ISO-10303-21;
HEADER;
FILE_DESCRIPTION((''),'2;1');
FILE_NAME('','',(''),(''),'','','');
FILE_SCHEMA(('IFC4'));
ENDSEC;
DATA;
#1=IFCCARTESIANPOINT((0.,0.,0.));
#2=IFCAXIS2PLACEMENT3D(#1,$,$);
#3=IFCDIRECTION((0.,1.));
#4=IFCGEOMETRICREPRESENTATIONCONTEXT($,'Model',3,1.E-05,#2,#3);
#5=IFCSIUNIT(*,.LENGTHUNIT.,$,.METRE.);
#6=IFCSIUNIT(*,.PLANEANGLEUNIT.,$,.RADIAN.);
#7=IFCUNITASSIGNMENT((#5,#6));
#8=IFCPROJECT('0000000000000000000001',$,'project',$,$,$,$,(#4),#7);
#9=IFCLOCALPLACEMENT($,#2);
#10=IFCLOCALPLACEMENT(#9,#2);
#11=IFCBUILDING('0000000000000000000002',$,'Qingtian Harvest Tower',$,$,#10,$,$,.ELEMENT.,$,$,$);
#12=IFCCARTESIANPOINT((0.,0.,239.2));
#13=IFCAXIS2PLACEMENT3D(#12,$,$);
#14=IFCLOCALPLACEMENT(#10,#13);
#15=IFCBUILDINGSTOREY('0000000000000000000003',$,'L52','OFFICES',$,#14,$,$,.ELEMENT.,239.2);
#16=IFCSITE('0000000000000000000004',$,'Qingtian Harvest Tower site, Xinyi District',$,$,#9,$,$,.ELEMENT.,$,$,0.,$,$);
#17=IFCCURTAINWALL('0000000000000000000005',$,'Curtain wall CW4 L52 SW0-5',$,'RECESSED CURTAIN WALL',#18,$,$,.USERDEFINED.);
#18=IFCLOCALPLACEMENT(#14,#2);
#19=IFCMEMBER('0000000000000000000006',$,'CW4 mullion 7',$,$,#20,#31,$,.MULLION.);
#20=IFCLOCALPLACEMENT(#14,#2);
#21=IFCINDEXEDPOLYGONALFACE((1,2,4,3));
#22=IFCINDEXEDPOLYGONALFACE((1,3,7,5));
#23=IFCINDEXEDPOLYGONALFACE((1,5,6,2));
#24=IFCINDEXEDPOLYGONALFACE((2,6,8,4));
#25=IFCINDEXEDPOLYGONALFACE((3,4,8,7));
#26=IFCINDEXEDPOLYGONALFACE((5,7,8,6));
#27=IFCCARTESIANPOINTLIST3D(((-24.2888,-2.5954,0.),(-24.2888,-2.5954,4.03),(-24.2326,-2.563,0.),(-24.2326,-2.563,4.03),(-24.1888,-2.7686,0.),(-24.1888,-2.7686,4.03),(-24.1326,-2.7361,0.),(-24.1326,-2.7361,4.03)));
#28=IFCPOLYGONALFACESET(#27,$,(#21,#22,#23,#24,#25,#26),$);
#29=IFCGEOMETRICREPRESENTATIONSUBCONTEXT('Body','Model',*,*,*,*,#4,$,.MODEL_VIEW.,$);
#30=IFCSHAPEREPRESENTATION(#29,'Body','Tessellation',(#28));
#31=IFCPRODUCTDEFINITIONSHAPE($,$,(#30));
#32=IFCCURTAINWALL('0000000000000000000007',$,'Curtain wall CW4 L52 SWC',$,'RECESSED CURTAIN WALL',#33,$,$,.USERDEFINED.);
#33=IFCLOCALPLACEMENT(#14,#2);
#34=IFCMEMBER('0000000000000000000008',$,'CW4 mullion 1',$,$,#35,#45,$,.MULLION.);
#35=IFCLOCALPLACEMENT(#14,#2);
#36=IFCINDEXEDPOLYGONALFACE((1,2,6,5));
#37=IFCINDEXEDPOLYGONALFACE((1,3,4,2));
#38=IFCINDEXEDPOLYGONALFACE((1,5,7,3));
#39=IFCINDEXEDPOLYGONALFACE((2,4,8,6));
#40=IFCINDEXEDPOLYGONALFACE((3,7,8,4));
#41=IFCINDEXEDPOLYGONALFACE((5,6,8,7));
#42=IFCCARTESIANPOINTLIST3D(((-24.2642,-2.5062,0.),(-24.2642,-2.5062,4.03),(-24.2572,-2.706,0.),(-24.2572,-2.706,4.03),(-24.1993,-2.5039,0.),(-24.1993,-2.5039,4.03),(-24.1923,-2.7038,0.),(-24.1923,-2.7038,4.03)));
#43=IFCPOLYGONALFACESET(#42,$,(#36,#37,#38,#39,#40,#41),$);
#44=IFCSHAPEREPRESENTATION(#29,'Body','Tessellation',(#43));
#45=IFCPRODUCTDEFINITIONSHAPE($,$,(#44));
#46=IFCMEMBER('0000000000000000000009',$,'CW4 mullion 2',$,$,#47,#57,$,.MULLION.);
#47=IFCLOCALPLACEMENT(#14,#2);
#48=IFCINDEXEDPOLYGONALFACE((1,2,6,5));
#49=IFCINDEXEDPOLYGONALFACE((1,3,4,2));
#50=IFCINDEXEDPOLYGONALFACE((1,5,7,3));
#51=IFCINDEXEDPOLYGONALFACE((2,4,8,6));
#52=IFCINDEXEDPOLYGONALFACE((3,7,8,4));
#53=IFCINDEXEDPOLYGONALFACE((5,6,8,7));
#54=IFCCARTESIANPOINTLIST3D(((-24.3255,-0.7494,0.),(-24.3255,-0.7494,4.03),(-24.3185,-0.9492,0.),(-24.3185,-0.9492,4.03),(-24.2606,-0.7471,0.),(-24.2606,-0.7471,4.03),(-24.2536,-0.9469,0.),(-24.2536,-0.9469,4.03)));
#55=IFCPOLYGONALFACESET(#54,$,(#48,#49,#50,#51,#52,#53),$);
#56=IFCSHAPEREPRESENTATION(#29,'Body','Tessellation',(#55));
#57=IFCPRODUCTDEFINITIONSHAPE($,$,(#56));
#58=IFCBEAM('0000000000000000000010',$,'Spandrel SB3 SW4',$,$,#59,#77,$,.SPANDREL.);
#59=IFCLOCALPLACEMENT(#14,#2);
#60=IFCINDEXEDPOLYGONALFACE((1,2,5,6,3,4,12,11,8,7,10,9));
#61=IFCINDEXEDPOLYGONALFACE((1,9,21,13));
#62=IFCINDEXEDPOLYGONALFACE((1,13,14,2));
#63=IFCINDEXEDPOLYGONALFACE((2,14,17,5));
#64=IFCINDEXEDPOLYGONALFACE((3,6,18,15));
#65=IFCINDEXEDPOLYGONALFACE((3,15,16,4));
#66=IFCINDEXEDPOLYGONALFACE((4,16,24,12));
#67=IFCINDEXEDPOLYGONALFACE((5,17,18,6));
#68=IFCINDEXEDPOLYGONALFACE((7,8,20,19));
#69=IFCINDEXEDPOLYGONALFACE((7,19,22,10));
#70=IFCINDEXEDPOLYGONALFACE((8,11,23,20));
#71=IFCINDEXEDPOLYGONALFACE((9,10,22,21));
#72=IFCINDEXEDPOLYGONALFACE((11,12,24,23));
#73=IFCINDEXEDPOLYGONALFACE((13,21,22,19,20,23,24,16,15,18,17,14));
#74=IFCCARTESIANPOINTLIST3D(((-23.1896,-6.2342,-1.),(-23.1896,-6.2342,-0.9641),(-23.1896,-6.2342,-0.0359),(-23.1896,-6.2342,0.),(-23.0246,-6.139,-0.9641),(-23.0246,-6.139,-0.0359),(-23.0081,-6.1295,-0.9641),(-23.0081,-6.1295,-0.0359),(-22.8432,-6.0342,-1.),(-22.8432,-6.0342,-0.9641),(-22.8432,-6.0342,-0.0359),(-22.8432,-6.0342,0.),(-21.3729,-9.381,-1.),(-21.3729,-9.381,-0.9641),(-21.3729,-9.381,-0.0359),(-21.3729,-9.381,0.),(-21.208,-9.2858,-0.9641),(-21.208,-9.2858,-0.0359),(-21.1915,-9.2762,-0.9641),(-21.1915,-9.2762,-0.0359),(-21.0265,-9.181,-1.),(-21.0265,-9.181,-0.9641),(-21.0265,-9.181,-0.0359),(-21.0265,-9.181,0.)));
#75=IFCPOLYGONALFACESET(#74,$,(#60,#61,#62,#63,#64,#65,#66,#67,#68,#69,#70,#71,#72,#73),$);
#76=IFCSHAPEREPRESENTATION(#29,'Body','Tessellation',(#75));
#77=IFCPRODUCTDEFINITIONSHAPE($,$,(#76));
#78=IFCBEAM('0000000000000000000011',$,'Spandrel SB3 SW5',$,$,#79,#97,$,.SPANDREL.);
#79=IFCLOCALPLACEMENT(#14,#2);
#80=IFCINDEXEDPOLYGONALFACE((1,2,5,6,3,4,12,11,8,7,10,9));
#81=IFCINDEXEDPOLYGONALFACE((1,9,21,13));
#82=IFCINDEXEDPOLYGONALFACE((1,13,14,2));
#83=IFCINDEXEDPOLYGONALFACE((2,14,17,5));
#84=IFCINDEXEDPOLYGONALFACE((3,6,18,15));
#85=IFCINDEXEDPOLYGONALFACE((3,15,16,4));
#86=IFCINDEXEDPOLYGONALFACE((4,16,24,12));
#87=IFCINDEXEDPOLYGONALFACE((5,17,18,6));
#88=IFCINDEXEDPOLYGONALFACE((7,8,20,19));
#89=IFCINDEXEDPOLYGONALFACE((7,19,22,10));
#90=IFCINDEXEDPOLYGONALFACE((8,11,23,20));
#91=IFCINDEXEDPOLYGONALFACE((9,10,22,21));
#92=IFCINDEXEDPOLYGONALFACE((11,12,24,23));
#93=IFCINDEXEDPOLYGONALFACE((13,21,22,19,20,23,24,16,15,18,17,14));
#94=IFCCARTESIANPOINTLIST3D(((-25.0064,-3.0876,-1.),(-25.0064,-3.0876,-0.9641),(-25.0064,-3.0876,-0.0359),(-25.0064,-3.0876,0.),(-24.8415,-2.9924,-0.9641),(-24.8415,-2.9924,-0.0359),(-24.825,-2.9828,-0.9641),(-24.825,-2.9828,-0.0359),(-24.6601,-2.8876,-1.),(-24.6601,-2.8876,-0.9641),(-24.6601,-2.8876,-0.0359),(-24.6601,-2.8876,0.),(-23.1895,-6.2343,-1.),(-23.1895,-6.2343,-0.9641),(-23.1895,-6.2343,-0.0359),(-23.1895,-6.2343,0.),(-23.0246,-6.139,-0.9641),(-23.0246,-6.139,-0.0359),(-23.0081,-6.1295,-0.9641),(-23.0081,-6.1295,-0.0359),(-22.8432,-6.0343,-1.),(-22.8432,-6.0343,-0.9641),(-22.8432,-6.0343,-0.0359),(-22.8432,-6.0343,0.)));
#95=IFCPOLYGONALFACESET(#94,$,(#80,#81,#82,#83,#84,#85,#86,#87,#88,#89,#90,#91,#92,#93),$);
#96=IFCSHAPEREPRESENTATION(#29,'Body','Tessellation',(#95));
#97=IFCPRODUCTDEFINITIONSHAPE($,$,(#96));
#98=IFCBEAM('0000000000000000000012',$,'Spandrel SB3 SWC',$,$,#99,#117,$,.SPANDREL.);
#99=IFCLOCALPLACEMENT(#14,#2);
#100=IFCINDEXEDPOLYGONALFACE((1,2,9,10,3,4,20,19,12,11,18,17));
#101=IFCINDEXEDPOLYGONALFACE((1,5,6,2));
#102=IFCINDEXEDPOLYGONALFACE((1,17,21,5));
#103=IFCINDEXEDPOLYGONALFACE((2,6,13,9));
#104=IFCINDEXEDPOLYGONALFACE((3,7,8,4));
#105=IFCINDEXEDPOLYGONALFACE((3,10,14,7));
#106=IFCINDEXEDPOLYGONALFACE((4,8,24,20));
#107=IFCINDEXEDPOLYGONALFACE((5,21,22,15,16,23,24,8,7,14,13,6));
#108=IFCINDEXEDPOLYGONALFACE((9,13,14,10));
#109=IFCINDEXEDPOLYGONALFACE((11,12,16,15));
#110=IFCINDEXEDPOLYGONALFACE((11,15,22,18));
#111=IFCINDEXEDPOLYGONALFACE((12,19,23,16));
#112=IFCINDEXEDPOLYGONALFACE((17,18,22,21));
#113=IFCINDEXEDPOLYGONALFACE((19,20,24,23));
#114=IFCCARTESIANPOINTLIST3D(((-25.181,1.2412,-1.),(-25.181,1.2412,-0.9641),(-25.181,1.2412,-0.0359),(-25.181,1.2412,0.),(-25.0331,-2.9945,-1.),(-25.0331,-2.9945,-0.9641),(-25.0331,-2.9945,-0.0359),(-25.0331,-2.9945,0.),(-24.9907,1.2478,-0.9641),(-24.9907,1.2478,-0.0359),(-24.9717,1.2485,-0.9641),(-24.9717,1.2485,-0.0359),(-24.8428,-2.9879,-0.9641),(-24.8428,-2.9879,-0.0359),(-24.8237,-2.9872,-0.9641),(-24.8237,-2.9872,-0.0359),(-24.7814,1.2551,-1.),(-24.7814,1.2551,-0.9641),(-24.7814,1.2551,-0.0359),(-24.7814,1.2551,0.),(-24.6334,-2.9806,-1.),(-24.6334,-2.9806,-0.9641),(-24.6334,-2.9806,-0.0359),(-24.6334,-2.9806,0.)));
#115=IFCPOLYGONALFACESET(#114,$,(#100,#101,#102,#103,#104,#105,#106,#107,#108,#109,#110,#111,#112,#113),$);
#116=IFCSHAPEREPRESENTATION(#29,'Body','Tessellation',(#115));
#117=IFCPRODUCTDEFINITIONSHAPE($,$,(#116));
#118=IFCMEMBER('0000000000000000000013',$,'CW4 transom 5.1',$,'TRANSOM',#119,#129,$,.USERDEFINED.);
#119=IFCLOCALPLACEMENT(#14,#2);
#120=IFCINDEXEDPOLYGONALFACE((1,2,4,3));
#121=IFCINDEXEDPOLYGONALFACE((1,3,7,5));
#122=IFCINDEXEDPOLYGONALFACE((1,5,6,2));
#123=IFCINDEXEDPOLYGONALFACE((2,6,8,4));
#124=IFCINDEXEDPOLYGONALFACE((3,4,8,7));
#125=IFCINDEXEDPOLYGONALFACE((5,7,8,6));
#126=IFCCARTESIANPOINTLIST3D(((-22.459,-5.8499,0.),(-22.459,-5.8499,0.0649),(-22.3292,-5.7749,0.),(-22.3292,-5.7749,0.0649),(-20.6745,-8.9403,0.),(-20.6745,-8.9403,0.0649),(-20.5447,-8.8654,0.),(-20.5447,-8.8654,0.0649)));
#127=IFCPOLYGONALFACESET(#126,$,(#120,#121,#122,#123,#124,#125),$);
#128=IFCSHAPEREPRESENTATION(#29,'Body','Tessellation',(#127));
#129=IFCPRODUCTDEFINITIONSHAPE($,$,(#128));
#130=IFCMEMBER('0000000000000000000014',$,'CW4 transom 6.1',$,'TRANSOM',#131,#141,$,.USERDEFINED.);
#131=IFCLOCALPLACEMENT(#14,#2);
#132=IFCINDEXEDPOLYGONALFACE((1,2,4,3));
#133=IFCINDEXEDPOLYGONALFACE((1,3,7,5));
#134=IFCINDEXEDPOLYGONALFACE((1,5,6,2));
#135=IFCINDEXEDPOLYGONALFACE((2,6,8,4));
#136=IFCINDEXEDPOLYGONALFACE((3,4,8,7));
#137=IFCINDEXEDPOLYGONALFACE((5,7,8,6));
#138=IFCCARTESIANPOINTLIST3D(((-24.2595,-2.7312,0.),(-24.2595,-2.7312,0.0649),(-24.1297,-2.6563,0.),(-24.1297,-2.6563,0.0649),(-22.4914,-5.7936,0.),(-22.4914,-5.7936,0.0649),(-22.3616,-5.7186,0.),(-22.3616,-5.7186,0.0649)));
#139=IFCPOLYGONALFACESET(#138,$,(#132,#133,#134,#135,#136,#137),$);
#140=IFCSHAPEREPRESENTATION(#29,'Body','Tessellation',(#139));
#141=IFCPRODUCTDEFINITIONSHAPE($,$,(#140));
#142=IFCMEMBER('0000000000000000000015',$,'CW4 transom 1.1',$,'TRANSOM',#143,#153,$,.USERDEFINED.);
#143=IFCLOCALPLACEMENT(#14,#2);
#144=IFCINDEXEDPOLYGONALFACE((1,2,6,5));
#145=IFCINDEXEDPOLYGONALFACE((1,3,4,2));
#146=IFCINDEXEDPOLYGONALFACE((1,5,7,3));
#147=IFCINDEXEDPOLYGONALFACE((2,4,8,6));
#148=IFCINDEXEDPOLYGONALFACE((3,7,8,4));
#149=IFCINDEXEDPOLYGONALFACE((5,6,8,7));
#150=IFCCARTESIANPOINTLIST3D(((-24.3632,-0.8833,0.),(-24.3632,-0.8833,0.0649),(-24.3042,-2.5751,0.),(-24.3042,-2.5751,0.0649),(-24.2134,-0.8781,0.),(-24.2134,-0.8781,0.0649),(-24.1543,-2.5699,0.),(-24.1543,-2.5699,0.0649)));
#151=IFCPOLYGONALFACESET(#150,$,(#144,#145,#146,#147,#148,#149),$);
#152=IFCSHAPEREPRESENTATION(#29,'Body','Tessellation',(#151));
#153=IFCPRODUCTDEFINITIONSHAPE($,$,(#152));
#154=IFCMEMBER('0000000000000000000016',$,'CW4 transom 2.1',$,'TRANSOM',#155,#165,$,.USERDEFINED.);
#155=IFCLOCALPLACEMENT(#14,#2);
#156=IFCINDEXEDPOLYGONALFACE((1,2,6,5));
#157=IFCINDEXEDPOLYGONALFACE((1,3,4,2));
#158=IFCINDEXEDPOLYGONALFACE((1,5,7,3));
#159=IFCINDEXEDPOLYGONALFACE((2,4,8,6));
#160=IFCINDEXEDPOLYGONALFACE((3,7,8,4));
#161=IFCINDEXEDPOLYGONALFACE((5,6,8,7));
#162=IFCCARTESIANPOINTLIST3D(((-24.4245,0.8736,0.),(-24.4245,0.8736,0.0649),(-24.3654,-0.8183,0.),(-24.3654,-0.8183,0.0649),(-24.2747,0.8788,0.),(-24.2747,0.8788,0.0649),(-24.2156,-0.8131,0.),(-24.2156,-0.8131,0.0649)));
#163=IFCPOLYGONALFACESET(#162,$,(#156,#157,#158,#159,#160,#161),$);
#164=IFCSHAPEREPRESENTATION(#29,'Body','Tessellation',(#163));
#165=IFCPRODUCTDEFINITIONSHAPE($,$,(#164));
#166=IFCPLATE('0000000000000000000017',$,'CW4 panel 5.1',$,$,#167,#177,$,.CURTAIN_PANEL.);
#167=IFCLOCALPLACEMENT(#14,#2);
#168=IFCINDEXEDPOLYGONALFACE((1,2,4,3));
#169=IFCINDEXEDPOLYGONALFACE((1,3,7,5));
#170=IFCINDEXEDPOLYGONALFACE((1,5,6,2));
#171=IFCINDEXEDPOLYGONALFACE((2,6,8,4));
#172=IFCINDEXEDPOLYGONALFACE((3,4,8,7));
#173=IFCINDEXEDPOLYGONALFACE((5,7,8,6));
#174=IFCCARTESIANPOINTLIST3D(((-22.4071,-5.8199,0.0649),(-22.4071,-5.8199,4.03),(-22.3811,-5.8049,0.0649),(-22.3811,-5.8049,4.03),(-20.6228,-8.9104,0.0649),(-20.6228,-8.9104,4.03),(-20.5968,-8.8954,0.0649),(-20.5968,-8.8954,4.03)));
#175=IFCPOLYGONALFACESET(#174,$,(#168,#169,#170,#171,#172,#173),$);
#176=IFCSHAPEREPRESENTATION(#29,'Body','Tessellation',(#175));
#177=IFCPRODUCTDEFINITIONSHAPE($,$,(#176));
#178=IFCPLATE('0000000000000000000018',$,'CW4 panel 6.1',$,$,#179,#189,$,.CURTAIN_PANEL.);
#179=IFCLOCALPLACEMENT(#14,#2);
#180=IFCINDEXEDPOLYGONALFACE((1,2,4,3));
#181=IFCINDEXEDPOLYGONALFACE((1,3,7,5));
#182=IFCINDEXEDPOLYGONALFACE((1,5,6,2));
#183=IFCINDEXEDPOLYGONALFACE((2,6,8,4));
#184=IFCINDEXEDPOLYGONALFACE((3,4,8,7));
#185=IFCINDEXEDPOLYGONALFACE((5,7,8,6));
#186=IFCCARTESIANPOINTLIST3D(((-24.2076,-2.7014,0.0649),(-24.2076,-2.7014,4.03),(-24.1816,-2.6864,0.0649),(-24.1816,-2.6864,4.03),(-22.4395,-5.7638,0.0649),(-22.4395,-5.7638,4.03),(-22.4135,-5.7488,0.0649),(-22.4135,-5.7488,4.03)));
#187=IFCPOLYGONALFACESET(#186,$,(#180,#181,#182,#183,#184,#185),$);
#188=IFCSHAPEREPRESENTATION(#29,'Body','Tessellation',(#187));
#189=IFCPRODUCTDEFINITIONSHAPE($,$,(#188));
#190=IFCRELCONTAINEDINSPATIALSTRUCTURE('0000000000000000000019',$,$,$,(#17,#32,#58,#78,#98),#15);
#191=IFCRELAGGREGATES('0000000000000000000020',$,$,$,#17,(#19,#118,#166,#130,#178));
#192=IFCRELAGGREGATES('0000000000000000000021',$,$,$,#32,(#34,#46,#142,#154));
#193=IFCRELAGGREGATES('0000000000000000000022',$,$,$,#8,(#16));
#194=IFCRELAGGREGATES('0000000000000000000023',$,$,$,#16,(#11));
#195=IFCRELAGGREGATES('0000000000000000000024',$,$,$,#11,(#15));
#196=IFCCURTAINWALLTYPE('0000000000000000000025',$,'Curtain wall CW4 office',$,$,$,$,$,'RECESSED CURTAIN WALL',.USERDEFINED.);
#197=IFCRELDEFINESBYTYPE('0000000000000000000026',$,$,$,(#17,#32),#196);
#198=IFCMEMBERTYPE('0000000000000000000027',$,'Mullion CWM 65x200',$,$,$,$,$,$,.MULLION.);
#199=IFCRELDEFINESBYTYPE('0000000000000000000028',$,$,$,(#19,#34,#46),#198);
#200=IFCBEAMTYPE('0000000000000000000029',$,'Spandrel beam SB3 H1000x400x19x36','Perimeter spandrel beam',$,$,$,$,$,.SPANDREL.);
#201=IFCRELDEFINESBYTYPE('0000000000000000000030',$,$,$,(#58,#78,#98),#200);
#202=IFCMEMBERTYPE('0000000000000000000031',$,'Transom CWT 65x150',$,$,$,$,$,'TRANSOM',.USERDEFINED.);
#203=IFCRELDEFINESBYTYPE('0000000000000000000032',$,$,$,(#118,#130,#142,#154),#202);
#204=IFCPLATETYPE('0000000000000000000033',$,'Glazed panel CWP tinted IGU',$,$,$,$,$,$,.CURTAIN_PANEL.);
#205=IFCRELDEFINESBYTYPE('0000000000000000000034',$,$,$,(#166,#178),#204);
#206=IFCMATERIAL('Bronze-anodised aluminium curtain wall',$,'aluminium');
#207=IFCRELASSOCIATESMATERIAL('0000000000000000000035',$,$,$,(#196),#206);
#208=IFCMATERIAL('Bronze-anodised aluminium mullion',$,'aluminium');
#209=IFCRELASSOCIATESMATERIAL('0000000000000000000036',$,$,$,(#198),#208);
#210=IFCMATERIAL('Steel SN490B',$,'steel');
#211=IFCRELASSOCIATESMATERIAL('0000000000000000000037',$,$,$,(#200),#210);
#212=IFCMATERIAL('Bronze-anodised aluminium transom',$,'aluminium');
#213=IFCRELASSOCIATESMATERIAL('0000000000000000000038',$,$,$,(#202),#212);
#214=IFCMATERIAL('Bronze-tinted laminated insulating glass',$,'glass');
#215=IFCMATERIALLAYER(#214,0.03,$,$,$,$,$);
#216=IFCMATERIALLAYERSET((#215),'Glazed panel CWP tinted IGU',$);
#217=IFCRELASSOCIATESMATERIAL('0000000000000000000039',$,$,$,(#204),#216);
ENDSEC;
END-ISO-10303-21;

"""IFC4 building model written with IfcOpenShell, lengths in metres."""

from ifc_helpers import new_model, si_unit, direction, frame, origin, origin_2d, place, context, subcontext, project, spatial, rectangle, i_section, extrude, material, layer, layer_set, material_profile, profile_set, type_object, element, aggregate, save


model = new_model("IFC4")

# Units and contexts
model_context = context("Model", 3, precision=1e-05, world=origin(), true_north=direction((0.0, 1.0)))
body_context = subcontext(model_context, "Body", "Model", "MODEL_VIEW")
ifc_project = project(units=[si_unit("LENGTHUNIT", "METRE"), si_unit("PLANEANGLEUNIT", "RADIAN")], contexts=[model_context])

# Site, building, storey
site_placement = place(None, origin())
site = spatial("IfcSite", under=ifc_project, at=site_placement, Name="Qingtian Harvest Tower site, Xinyi District", CompositionType="ELEMENT", RefElevation=0.0)
building_placement = place(site_placement, origin())
building = spatial("IfcBuilding", under=site, at=building_placement, Name="Qingtian Harvest Tower", CompositionType="ELEMENT")
storey_placement = place(building_placement, frame((0.0, 0.0, 239.2)))
storey = spatial("IfcBuildingStorey", under=building, at=storey_placement, Name="L52", Description="OFFICES", CompositionType="ELEMENT", Elevation=239.2)

# Curtain walls, members
ifc_material_1 = material(Name="Bronze-anodised aluminium curtain wall", Category="aluminium")
curtain_wall_type = type_object("IfcCurtainWallType", Name="Curtain wall CW4 office", ElementType="RECESSED CURTAIN WALL", PredefinedType="USERDEFINED", material=ifc_material_1)
curtain_wall_1_placement = place(storey_placement, origin())
curtain_wall_1 = element("IfcCurtainWall", 1, at=curtain_wall_1_placement, inside=storey, type_object=curtain_wall_type, Name="Curtain wall CW4 L52 SW0-5", ObjectType="RECESSED CURTAIN WALL", PredefinedType="USERDEFINED")
ifc_material_2 = material(Name="Bronze-anodised aluminium mullion", Category="aluminium")
ifc_material_profile_1 = material_profile(ifc_material_2, rectangle(XDim=0.0649, YDim=0.2, at=origin_2d()), Name="AL 65x200")
ifc_profile_set_1 = profile_set([ifc_material_profile_1], Name="Bronze-anodised aluminium mullion")
member_type_1 = type_object("IfcMemberType", Name="Mullion CWM 65x200", PredefinedType="MULLION", material=ifc_profile_set_1)
member_1_placement = place(storey_placement, frame((-24.2107, -2.6658, 0.0), z_axis=(0.0, 0.0, 1.0), x_axis=(-0.866025, -0.5, 0.0)))
member_1 = element("IfcMember", 2, at=member_1_placement, type_object=member_type_1, Name="CW4 mullion 7", PredefinedType="MULLION", context=body_context, shape_type="SweptSolid", body=[
    extrude(rectangle(XDim=0.0649, YDim=0.2, at=origin_2d()), origin(), (0.0, 0.0, 1.0), 4.03),
])
curtain_wall_2_placement = place(storey_placement, origin())
curtain_wall_2 = element("IfcCurtainWall", 3, at=curtain_wall_2_placement, inside=storey, type_object=curtain_wall_type, Name="Curtain wall CW4 L52 SWC", ObjectType="RECESSED CURTAIN WALL", PredefinedType="USERDEFINED")
member_2_placement = place(storey_placement, frame((-24.2283, -2.605, 0.0), z_axis=(0.0, 0.0, 1.0), x_axis=(-0.999391, -0.034899, 0.0)))
member_2 = element("IfcMember", 4, at=member_2_placement, type_object=member_type_1, Name="CW4 mullion 1", PredefinedType="MULLION", context=body_context, shape_type="SweptSolid", body=[
    extrude(rectangle(XDim=0.0649, YDim=0.2, at=origin_2d()), origin(), (0.0, 0.0, 1.0), 4.03),
])
member_3_placement = place(storey_placement, frame((-24.2896, -0.8481, 0.0), z_axis=(0.0, 0.0, 1.0), x_axis=(-0.999391, -0.034899, 0.0)))
member_3 = element("IfcMember", 5, at=member_3_placement, type_object=member_type_1, Name="CW4 mullion 2", PredefinedType="MULLION", context=body_context, shape_type="SweptSolid", body=[
    extrude(rectangle(XDim=0.0649, YDim=0.2, at=origin_2d()), origin(), (0.0, 0.0, 1.0), 4.03),
])

# Beams
ifc_material_3 = material(Name="Steel SN490B", Category="steel")
ifc_material_profile_2 = material_profile(ifc_material_3, i_section(OverallWidth=0.3999, OverallDepth=1.0, WebThickness=0.019, FlangeThickness=0.0359, at=origin_2d()), Name="H1000x400x19x36")
ifc_profile_set_2 = profile_set([ifc_material_profile_2], Name="Steel SN490B")
beam_type_1 = type_object("IfcBeamType", Name="Spandrel beam SB3 H1000x400x19x36", Description="Perimeter spandrel beam", PredefinedType="SPANDREL", material=ifc_profile_set_2)
for number, where, z_axis, x_axis, name in (
    (6, (-21.1997, -9.281, -0.5), (-0.499976, 0.866039, 0.0), (-0.866039, -0.499976, 0.0), "Spandrel SB3 SW4"),
    (7, (-23.0164, -6.1343, -0.5), (-0.500027, 0.86601, 0.0), (-0.86601, -0.500027, 0.0), "Spandrel SB3 SW5"),
):
    element("IfcBeam", number, at=place(storey_placement, frame(where, z_axis=z_axis, x_axis=x_axis)), inside=storey, type_object=beam_type_1, Name=name, PredefinedType="SPANDREL", context=body_context, shape_type="SweptSolid", body=[
        extrude(i_section(OverallWidth=0.3999, OverallDepth=1.0, WebThickness=0.019, FlangeThickness=0.0359, at=origin_2d()), origin(), (0.0, 0.0, 1.0), 3.6335),
    ])
beam_1_placement = place(storey_placement, frame((-24.8333, -2.9875, -0.5), z_axis=(-0.034909, 0.999391, 0.0), x_axis=(-0.999391, -0.034909, 0.0)))
element("IfcBeam", 8, at=beam_1_placement, inside=storey, type_object=beam_type_1, Name="Spandrel SB3 SWC", PredefinedType="SPANDREL", context=body_context, shape_type="SweptSolid", body=[
    extrude(i_section(OverallWidth=0.3999, OverallDepth=1.0, WebThickness=0.019, FlangeThickness=0.0359, at=origin_2d()), origin(), (0.0, 0.0, 1.0), 4.2383),
])

# Members
ifc_material_4 = material(Name="Bronze-anodised aluminium transom", Category="aluminium")
ifc_material_profile_3 = material_profile(ifc_material_4, rectangle(XDim=0.1499, YDim=0.0649, at=origin_2d()), Name="AL 65x150")
ifc_profile_set_3 = profile_set([ifc_material_profile_3], Name="Bronze-anodised aluminium transom")
member_type_2 = type_object("IfcMemberType", Name="Transom CWT 65x150", ElementType="TRANSOM", PredefinedType="USERDEFINED", material=ifc_profile_set_3)
member_4_placement = place(storey_placement, frame((-20.6096, -8.9028, 0.0325), z_axis=(-0.500046, 0.865999, 0.0), x_axis=(-0.865999, -0.500046, 0.0)))
member_4 = element("IfcMember", 9, at=member_4_placement, type_object=member_type_2, Name="CW4 transom 5.1", ObjectType="TRANSOM", PredefinedType="USERDEFINED", context=body_context, shape_type="SweptSolid", body=[
    extrude(rectangle(XDim=0.1499, YDim=0.0649, at=origin_2d()), origin(), (0.0, 0.0, 1.0), 3.5686),
])
member_5_placement = place(storey_placement, frame((-22.4265, -5.7561, 0.0325), z_axis=(-0.500015, 0.866017, 0.0), x_axis=(-0.866017, -0.500015, 0.0)))
member_5 = element("IfcMember", 10, at=member_5_placement, type_object=member_type_2, Name="CW4 transom 6.1", ObjectType="TRANSOM", PredefinedType="USERDEFINED", context=body_context, shape_type="SweptSolid", body=[
    extrude(rectangle(XDim=0.1499, YDim=0.0649, at=origin_2d()), origin(), (0.0, 0.0, 1.0), 3.5361),
])
member_6_placement = place(storey_placement, frame((-24.2292, -2.5725, 0.0325), z_axis=(-0.034899, 0.999391, 0.0), x_axis=(-0.999391, -0.034899, 0.0)))
member_6 = element("IfcMember", 11, at=member_6_placement, type_object=member_type_2, Name="CW4 transom 1.1", ObjectType="TRANSOM", PredefinedType="USERDEFINED", context=body_context, shape_type="SweptSolid", body=[
    extrude(rectangle(XDim=0.1499, YDim=0.0649, at=origin_2d()), origin(), (0.0, 0.0, 1.0), 1.6929),
])
member_7_placement = place(storey_placement, frame((-24.2905, -0.8157, 0.0325), z_axis=(-0.034899, 0.999391, 0.0), x_axis=(-0.999391, -0.034899, 0.0)))
member_7 = element("IfcMember", 12, at=member_7_placement, type_object=member_type_2, Name="CW4 transom 2.1", ObjectType="TRANSOM", PredefinedType="USERDEFINED", context=body_context, shape_type="SweptSolid", body=[
    extrude(rectangle(XDim=0.1499, YDim=0.0649, at=origin_2d()), origin(), (0.0, 0.0, 1.0), 1.6929),
])

# Plates
ifc_material_5 = material(Name="Bronze-tinted laminated insulating glass", Category="glass")
ifc_layer_1 = layer(ifc_material_5, 0.03)
ifc_layer_set_1 = layer_set([ifc_layer_1], Name="Glazed panel CWP tinted IGU")
plate_type = type_object("IfcPlateType", Name="Glazed panel CWP tinted IGU", PredefinedType="CURTAIN_PANEL", material=ifc_layer_set_1)
plate_1_placement = place(storey_placement, frame((-21.502, -7.3577, 0.0649), z_axis=(0.0, 0.0, 1.0), x_axis=(-0.5, 0.866025, 0.0)))
plate_1 = element("IfcPlate", 13, at=plate_1_placement, type_object=plate_type, Name="CW4 panel 5.1", PredefinedType="CURTAIN_PANEL", context=body_context, shape_type="SweptSolid", body=[
    extrude(rectangle(XDim=3.5686, YDim=0.03, at=origin_2d()), origin(), (0.0, 0.0, 1.0), 3.9651),
])
plate_2_placement = place(storey_placement, frame((-23.3105, -4.2251, 0.0649), z_axis=(0.0, 0.0, 1.0), x_axis=(-0.5, 0.866025, 0.0)))
plate_2 = element("IfcPlate", 14, at=plate_2_placement, type_object=plate_type, Name="CW4 panel 6.1", PredefinedType="CURTAIN_PANEL", context=body_context, shape_type="SweptSolid", body=[
    extrude(rectangle(XDim=3.5361, YDim=0.03, at=origin_2d()), origin(), (0.0, 0.0, 1.0), 3.9651),
])
aggregate(curtain_wall_1, [member_1, member_4, plate_1, member_5, plate_2])
aggregate(curtain_wall_2, [member_2, member_3, member_6, member_7])

save(model, "model.ifc")
